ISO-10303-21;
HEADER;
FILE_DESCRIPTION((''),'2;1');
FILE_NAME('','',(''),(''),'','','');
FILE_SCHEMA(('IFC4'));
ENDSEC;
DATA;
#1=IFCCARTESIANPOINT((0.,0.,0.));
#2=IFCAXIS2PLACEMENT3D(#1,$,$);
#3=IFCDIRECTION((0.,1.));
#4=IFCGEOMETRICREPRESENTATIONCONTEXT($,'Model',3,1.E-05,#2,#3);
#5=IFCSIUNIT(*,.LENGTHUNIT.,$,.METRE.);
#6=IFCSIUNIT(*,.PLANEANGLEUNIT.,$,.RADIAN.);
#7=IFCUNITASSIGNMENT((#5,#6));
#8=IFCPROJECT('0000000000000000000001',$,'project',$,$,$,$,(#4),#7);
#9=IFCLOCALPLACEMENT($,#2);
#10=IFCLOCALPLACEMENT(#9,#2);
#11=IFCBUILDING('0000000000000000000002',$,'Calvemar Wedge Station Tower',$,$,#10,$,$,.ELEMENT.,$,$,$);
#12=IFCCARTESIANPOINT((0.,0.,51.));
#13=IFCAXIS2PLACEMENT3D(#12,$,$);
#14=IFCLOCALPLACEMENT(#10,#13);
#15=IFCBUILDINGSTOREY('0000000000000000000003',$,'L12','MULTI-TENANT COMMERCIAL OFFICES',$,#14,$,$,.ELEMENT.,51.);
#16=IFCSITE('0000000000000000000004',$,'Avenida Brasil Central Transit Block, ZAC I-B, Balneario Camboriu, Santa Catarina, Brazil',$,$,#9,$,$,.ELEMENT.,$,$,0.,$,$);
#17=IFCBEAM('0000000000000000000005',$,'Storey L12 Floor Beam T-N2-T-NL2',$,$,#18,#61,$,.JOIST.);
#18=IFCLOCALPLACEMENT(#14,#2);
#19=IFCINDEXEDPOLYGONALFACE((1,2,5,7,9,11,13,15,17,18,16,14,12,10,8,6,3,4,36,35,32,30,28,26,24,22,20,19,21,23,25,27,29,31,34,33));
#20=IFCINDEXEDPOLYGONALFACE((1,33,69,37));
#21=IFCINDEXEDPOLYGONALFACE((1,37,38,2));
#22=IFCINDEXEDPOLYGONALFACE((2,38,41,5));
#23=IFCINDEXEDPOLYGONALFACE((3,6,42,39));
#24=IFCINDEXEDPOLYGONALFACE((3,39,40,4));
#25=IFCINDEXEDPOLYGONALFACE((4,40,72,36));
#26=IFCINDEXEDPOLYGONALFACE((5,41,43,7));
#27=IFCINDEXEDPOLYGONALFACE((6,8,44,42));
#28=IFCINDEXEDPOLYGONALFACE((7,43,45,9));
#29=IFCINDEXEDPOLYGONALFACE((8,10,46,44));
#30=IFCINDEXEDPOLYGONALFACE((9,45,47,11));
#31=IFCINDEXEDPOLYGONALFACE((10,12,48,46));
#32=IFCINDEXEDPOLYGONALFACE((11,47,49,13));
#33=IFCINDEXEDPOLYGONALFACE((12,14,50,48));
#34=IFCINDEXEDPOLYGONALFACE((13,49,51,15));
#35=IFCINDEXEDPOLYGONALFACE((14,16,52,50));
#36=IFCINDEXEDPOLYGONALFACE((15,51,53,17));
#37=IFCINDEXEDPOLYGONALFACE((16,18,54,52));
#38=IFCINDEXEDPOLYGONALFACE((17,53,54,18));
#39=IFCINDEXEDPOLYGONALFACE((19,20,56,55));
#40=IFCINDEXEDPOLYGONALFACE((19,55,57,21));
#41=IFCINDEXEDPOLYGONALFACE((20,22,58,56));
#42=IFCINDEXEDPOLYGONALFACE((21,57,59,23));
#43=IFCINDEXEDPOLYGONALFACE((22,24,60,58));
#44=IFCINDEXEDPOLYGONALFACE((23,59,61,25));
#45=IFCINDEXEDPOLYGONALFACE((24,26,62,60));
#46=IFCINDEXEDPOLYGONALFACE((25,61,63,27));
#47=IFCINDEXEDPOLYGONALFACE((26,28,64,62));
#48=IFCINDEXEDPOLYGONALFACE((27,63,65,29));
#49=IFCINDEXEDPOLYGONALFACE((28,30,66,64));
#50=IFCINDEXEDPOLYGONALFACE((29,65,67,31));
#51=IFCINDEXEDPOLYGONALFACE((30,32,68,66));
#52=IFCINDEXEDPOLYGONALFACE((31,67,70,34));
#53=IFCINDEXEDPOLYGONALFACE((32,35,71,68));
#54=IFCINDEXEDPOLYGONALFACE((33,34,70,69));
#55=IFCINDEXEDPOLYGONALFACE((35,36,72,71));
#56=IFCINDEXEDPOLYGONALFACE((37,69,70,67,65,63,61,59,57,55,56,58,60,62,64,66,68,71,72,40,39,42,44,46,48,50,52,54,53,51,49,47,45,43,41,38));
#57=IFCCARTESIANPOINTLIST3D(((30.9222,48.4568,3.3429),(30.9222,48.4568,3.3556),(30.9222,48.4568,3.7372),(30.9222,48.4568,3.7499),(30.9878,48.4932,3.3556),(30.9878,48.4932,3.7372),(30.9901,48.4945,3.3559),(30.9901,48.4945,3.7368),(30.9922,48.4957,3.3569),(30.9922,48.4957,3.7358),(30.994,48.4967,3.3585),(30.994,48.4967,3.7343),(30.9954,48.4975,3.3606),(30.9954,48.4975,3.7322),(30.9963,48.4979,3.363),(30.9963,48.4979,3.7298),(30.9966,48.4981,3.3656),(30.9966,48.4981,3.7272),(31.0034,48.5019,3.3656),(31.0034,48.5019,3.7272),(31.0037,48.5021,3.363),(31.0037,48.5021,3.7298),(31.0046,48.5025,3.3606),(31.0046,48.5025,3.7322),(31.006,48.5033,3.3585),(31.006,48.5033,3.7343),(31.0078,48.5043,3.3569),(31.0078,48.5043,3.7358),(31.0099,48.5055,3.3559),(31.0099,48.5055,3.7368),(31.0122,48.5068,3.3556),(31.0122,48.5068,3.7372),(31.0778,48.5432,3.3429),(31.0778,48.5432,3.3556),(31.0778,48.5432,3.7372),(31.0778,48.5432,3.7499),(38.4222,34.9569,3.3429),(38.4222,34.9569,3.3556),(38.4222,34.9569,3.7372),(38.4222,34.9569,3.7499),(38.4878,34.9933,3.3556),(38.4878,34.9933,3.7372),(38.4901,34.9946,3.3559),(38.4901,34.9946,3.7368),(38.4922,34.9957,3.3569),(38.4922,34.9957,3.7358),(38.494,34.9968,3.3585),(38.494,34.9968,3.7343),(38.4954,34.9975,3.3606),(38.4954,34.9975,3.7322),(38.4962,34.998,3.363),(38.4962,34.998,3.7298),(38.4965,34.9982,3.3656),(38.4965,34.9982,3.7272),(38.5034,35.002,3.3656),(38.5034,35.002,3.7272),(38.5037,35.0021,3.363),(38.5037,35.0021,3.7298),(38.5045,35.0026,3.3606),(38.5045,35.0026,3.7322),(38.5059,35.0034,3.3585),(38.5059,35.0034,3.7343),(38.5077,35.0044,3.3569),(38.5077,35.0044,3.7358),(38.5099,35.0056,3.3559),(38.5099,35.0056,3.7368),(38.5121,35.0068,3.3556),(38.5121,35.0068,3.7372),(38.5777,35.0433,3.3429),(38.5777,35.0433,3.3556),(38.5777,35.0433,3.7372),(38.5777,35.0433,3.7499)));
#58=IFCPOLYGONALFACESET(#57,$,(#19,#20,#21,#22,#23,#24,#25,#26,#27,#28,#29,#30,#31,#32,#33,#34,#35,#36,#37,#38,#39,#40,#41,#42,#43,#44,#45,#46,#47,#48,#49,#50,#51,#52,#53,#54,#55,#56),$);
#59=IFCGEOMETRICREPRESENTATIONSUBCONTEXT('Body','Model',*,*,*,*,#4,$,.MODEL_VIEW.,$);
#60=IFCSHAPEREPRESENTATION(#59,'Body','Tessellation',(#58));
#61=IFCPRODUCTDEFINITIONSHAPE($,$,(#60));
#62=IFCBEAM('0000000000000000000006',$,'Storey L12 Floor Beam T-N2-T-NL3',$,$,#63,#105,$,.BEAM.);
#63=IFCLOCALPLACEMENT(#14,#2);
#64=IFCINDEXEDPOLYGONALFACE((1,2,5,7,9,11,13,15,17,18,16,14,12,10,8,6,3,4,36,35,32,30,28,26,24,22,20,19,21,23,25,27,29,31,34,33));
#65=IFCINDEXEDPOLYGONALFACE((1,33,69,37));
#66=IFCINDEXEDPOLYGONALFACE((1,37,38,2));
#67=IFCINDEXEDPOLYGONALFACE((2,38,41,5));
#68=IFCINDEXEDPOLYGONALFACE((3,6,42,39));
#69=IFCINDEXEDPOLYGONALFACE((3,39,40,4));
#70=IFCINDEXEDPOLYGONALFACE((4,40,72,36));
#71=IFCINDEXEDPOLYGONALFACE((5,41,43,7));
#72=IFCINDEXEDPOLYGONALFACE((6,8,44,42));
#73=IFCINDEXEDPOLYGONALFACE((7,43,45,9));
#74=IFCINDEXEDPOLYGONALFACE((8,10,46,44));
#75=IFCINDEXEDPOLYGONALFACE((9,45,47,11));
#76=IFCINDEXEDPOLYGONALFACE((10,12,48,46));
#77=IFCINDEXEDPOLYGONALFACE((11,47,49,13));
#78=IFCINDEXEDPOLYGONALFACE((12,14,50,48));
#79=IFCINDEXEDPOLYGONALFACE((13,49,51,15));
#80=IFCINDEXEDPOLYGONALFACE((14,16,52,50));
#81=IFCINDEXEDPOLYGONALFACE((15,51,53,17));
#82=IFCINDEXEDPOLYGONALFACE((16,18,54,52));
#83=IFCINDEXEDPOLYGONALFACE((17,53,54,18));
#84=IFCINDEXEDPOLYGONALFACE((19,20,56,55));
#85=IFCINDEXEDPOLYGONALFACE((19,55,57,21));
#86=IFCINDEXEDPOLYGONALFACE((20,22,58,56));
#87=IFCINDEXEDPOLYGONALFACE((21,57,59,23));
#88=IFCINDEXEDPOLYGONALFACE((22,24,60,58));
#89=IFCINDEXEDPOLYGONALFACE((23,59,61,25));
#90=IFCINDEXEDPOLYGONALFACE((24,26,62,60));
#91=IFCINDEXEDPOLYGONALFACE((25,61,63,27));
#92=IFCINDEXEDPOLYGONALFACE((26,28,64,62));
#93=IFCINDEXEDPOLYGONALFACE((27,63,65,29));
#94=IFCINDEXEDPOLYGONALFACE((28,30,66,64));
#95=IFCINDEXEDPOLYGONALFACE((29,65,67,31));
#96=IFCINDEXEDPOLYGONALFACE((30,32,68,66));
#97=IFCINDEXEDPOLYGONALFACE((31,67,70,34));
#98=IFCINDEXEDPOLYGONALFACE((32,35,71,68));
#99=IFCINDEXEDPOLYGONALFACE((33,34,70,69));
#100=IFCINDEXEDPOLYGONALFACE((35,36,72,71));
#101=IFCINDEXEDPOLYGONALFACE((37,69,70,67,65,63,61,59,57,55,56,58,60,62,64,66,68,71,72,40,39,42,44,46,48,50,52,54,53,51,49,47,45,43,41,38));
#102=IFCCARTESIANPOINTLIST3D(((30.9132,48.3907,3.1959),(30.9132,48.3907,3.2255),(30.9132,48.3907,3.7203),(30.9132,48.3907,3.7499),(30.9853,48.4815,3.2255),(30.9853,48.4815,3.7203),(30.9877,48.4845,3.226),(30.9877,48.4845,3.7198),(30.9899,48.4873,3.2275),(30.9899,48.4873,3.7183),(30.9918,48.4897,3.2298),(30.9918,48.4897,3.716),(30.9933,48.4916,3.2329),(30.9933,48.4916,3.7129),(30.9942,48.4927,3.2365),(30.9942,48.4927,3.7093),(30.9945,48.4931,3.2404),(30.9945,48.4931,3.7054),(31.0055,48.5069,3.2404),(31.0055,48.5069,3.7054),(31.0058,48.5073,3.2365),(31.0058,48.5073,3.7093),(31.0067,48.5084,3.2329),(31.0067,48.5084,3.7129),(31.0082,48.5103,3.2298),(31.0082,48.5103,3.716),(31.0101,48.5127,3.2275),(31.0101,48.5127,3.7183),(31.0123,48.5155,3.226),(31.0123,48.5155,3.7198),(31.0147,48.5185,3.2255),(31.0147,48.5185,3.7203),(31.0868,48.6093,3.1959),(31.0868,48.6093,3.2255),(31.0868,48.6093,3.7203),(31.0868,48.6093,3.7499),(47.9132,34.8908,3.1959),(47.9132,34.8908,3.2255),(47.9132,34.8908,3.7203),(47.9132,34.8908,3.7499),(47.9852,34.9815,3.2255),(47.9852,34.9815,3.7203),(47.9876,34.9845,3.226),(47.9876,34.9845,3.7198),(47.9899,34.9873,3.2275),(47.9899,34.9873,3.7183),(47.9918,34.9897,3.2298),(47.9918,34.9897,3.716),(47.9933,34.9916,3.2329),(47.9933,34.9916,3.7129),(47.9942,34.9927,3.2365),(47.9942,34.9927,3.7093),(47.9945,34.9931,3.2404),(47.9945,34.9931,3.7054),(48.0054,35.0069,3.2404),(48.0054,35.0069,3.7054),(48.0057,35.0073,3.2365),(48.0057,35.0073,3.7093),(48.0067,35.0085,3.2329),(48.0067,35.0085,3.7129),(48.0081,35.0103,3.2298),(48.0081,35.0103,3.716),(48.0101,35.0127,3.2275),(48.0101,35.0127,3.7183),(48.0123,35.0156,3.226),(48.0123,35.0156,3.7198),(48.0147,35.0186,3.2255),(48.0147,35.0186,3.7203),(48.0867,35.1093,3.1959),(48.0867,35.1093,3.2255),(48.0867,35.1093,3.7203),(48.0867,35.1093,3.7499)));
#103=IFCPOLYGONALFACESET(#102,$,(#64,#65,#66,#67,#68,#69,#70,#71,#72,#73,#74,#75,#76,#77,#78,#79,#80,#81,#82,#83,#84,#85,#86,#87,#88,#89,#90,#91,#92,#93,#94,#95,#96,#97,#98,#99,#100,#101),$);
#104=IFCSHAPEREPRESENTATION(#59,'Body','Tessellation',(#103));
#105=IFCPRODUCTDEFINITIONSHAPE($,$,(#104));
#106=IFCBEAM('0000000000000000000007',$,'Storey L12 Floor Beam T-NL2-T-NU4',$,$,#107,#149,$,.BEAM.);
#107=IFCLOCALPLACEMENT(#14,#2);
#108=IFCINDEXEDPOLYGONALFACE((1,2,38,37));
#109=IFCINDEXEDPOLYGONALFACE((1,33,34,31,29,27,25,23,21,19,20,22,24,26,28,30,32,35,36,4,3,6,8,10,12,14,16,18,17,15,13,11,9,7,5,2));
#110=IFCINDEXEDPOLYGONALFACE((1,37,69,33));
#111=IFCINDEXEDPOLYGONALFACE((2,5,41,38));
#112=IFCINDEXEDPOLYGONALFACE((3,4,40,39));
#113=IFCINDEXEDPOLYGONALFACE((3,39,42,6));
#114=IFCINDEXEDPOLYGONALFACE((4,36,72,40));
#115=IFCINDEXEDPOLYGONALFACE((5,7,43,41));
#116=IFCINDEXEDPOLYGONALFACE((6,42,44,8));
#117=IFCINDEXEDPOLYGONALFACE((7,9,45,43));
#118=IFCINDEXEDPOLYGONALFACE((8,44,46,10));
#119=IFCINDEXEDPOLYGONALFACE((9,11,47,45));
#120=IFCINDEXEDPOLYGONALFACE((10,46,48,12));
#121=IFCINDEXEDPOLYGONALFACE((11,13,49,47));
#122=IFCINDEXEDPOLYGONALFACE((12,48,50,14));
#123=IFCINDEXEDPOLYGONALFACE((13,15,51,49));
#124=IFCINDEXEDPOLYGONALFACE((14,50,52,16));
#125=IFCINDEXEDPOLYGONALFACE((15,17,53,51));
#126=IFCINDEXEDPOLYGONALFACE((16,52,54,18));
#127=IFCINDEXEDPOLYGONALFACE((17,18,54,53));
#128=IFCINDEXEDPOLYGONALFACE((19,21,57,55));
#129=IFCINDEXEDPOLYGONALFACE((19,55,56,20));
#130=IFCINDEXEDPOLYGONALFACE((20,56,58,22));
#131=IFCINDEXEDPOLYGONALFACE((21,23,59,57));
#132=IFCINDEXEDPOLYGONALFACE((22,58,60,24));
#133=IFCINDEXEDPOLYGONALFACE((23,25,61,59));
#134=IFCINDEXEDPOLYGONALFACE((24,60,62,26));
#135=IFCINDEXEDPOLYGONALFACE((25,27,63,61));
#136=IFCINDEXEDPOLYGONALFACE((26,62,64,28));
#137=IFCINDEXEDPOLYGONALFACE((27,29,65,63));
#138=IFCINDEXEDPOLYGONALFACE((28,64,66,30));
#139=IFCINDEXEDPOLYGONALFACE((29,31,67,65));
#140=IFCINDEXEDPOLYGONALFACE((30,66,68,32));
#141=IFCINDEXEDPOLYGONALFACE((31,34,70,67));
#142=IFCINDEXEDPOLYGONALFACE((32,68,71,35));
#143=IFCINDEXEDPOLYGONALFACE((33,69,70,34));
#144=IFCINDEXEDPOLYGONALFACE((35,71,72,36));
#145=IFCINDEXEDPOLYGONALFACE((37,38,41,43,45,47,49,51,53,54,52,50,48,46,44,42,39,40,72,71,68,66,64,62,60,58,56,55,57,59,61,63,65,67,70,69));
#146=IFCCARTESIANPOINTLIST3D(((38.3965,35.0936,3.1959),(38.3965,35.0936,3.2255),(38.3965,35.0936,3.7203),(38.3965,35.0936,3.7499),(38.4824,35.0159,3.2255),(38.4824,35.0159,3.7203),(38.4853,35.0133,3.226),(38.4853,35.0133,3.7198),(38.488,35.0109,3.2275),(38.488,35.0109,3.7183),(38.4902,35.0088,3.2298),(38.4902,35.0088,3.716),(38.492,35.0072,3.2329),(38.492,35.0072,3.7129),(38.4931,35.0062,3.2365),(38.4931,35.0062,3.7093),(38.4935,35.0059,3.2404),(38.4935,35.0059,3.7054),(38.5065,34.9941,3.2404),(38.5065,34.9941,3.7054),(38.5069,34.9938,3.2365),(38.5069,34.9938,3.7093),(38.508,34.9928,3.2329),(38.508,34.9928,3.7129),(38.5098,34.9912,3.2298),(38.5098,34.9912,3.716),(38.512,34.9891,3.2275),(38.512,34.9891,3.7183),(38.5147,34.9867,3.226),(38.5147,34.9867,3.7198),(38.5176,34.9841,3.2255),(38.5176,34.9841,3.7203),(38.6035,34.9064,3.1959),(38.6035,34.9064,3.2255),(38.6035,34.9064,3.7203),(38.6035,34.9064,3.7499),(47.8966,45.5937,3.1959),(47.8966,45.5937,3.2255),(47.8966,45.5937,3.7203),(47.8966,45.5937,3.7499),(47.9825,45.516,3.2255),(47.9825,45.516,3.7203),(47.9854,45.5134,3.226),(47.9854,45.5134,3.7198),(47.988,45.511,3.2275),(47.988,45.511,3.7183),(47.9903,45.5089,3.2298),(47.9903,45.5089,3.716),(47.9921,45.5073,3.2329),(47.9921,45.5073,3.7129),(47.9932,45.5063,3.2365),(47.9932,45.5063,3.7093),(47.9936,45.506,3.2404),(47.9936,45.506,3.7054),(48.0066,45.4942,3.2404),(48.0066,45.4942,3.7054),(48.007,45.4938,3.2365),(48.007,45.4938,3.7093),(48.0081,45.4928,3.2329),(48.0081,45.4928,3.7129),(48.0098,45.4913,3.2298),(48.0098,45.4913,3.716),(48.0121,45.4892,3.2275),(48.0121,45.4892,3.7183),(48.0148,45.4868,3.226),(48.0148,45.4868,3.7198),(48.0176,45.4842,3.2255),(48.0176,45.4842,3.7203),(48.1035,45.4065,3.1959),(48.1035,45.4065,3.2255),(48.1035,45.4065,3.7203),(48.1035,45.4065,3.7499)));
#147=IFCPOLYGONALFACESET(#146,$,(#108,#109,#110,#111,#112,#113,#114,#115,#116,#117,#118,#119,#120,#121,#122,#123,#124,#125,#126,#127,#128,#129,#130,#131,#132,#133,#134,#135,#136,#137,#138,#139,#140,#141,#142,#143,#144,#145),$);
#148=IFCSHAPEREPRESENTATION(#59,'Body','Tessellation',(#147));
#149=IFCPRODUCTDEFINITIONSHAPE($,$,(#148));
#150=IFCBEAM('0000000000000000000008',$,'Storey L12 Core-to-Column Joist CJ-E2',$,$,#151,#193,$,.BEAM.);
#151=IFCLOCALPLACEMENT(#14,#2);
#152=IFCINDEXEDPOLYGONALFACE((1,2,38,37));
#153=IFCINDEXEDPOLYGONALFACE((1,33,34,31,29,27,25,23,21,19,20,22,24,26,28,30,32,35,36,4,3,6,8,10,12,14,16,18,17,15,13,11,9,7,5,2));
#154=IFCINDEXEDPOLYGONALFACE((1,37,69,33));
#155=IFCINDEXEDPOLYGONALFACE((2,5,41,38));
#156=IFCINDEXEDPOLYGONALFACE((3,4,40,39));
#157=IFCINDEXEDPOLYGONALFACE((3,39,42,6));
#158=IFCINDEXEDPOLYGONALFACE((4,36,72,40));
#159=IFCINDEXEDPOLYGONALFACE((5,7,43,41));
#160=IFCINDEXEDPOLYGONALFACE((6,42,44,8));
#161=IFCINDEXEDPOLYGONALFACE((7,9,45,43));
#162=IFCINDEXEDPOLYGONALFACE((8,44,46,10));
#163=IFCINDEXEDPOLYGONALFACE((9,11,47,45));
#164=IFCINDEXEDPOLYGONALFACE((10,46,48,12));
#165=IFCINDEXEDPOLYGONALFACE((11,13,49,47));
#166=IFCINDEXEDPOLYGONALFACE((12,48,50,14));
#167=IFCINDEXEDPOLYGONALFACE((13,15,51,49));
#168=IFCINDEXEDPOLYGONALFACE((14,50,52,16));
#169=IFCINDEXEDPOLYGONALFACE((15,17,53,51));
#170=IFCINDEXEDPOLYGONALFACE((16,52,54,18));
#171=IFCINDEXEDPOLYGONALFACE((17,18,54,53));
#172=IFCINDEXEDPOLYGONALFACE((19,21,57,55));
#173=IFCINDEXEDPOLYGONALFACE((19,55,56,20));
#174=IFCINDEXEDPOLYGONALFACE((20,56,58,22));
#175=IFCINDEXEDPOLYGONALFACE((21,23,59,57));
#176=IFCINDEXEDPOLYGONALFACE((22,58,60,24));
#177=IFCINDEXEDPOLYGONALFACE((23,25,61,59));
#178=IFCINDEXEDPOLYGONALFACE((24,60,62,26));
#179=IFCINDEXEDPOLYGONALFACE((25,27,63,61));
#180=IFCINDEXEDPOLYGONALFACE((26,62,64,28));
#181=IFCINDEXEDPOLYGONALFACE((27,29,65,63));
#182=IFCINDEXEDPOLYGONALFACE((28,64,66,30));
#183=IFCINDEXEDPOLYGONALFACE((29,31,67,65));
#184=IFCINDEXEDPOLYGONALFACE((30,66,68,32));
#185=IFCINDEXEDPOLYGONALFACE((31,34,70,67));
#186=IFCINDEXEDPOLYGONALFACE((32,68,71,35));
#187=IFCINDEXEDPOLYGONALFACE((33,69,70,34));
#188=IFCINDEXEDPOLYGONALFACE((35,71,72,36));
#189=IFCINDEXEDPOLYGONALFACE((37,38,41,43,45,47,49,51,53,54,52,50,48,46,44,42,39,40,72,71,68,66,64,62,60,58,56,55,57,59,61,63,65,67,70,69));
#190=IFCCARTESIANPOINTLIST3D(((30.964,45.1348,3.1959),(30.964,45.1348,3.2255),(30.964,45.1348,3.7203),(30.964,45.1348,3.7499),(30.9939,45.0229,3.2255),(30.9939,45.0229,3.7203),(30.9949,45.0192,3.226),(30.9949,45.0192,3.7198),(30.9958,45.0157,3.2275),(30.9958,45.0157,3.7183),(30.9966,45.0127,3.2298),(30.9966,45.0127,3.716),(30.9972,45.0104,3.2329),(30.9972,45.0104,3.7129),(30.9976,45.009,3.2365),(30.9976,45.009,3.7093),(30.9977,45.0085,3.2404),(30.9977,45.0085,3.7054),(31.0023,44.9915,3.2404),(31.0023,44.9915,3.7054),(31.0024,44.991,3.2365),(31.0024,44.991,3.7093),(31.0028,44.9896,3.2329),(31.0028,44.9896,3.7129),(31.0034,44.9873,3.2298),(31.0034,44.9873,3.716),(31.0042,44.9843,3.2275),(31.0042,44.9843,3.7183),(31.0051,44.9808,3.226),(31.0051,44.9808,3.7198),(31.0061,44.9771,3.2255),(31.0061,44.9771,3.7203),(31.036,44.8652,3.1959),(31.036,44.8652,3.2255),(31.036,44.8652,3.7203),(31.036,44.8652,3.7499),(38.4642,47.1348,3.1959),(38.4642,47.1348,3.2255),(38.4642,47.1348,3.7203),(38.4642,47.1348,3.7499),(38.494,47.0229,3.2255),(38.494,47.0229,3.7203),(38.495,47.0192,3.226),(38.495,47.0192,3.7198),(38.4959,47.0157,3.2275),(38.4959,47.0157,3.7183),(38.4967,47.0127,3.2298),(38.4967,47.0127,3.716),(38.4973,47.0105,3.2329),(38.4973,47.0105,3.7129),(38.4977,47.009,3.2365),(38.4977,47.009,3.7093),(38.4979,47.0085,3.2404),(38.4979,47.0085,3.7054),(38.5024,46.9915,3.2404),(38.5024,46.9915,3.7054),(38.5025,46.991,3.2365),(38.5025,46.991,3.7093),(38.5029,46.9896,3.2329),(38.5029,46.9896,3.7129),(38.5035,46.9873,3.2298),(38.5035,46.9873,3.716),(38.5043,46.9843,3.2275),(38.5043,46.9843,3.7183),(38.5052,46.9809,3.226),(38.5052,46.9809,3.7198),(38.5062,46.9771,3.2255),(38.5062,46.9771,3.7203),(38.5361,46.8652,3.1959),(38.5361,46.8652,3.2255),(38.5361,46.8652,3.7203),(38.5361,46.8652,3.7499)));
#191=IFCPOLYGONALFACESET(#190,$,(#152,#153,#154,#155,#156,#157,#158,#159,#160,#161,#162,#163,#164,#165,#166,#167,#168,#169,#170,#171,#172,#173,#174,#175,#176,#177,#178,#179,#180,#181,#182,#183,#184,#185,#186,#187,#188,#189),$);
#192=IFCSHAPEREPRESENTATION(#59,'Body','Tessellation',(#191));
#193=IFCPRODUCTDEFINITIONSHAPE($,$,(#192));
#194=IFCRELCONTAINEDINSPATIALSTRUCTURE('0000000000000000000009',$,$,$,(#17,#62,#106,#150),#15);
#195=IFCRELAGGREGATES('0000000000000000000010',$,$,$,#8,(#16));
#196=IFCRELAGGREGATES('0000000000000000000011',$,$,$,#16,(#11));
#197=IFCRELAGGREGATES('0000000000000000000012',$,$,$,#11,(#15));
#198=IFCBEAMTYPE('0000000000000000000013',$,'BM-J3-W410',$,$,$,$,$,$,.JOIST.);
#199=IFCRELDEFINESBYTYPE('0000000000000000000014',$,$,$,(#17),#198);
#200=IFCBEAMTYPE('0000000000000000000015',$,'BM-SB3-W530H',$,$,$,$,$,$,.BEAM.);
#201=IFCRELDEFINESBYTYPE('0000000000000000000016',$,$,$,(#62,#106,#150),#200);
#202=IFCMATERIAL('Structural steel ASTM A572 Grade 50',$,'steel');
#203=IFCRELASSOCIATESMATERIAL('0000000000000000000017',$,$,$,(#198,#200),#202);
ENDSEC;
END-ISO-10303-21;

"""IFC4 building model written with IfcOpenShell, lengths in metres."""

from ifc_helpers import new_model, si_unit, direction, frame, origin, origin_2d, place, context, subcontext, project, spatial, i_section, extrude, source, transform, mapped, material, material_profile, profile_set, type_object, element, save


model = new_model("IFC4")

# Units and contexts
model_context = context("Model", 3, precision=1e-05, world=origin(), true_north=direction((0.0, 1.0)))
body_context = subcontext(model_context, "Body", "Model", "MODEL_VIEW")
ifc_project = project(units=[si_unit("LENGTHUNIT", "METRE"), si_unit("PLANEANGLEUNIT", "RADIAN")], contexts=[model_context])

# Site, building, storey
site_placement = place(None, origin())
site = spatial("IfcSite", under=ifc_project, at=site_placement, Name="Avenida Brasil Central Transit Block, ZAC I-B, Balneario Camboriu, Santa Catarina, Brazil", CompositionType="ELEMENT", RefElevation=0.0)
building_placement = place(site_placement, origin())
building = spatial("IfcBuilding", under=site, at=building_placement, Name="Calvemar Wedge Station Tower", CompositionType="ELEMENT")
storey_placement = place(building_placement, frame((0.0, 0.0, 51.0)))
storey = spatial("IfcBuildingStorey", under=building, at=storey_placement, Name="L12", Description="MULTI-TENANT COMMERCIAL OFFICES", CompositionType="ELEMENT", Elevation=51.0)

# Beams
ifc_material_1 = material(Name="Structural steel ASTM A572 Grade 50", Category="steel")
ifc_material_profile_1 = material_profile(ifc_material_1, i_section(OverallWidth=0.178, OverallDepth=0.407, WebThickness=0.0078, FlangeThickness=0.0127, FilletRadius=0.01, at=origin_2d()), Name="W410x60")
ifc_profile_set_1 = profile_set([ifc_material_profile_1], Name="Structural steel ASTM A572 Grade 50")
beam_type_1 = type_object("IfcBeamType", Name="BM-J3-W410", PredefinedType="JOIST", material=ifc_profile_set_1)
shared_shape_1 = source(origin(), body_context, "Body", "SweptSolid", [
    extrude(i_section(OverallWidth=0.178, OverallDepth=0.407, WebThickness=0.0078, FlangeThickness=0.0127, FilletRadius=0.01, at=origin_2d()), origin(), (0.0, 0.0, 1.0), 15.4434),
])
beam_1_placement = place(storey_placement, frame((31.0, 48.5, 3.5464), z_axis=(0.485643, -0.874157, 0.0), x_axis=(0.874157, 0.485643, 0.0)))
element("IfcBeam", 1, at=beam_1_placement, inside=storey, type_object=beam_type_1, Name="Storey L12 Floor Beam T-N2-T-NL2", PredefinedType="JOIST", context=body_context, shape_type="MappedRepresentation", body=[
    mapped(shared_shape_1, transform((0.0, 0.0, 0.0), scale=1.0)),
])
ifc_material_profile_2 = material_profile(ifc_material_1, i_section(OverallWidth=0.2791, OverallDepth=0.554, WebThickness=0.0176, FlangeThickness=0.0295, FilletRadius=0.0149, at=origin_2d()), Name="W530x196")
ifc_profile_set_2 = profile_set([ifc_material_profile_2], Name="Structural steel ASTM A572 Grade 50")
beam_type_2 = type_object("IfcBeamType", Name="BM-SB3-W530H", PredefinedType="BEAM", material=ifc_profile_set_2)
shared_shape_2 = source(origin(), body_context, "Body", "SweptSolid", [
    extrude(i_section(OverallWidth=0.2791, OverallDepth=0.554, WebThickness=0.0176, FlangeThickness=0.0295, FilletRadius=0.0149, at=origin_2d()), origin(), (0.0, 0.0, 1.0), 21.7083),
])
beam_2_placement = place(storey_placement, frame((31.0, 48.5, 3.4729), z_axis=(0.783111, -0.621882, 0.0), x_axis=(0.621882, 0.783111, 0.0)))
element("IfcBeam", 2, at=beam_2_placement, inside=storey, type_object=beam_type_2, Name="Storey L12 Floor Beam T-N2-T-NL3", PredefinedType="BEAM", context=body_context, shape_type="MappedRepresentation", body=[
    mapped(shared_shape_2, transform((0.0, 0.0, 0.0), scale=1.0)),
])
shared_shape_3 = source(origin(), body_context, "Body", "SweptSolid", [
    extrude(i_section(OverallWidth=0.2791, OverallDepth=0.554, WebThickness=0.0176, FlangeThickness=0.0295, FilletRadius=0.0149, at=origin_2d()), origin(), (0.0, 0.0, 1.0), 14.1599),
])
beam_3_placement = place(storey_placement, frame((38.5, 35.0, 3.4729), z_axis=(0.670913, 0.741536, 0.0), x_axis=(-0.741536, 0.670913, 0.0)))
element("IfcBeam", 3, at=beam_3_placement, inside=storey, type_object=beam_type_2, Name="Storey L12 Floor Beam T-NL2-T-NU4", PredefinedType="BEAM", context=body_context, shape_type="MappedRepresentation", body=[
    mapped(shared_shape_3, transform((0.0, 0.0, 0.0), scale=1.0)),
])
shared_shape_4 = source(origin(), body_context, "Body", "SweptSolid", [
    extrude(i_section(OverallWidth=0.2791, OverallDepth=0.554, WebThickness=0.0176, FlangeThickness=0.0295, FilletRadius=0.0149, at=origin_2d()), origin(), (0.0, 0.0, 1.0), 7.7622),
])
beam_4_placement = place(storey_placement, frame((31.0, 45.0, 3.4729), z_axis=(0.966235, 0.257663, 0.0), x_axis=(-0.257663, 0.966235, 0.0)))
element("IfcBeam", 4, at=beam_4_placement, inside=storey, type_object=beam_type_2, Name="Storey L12 Core-to-Column Joist CJ-E2", PredefinedType="BEAM", context=body_context, shape_type="MappedRepresentation", body=[
    mapped(shared_shape_4, transform((0.0, 0.0, 0.0), scale=1.0)),
])

save(model, "model.ifc")
